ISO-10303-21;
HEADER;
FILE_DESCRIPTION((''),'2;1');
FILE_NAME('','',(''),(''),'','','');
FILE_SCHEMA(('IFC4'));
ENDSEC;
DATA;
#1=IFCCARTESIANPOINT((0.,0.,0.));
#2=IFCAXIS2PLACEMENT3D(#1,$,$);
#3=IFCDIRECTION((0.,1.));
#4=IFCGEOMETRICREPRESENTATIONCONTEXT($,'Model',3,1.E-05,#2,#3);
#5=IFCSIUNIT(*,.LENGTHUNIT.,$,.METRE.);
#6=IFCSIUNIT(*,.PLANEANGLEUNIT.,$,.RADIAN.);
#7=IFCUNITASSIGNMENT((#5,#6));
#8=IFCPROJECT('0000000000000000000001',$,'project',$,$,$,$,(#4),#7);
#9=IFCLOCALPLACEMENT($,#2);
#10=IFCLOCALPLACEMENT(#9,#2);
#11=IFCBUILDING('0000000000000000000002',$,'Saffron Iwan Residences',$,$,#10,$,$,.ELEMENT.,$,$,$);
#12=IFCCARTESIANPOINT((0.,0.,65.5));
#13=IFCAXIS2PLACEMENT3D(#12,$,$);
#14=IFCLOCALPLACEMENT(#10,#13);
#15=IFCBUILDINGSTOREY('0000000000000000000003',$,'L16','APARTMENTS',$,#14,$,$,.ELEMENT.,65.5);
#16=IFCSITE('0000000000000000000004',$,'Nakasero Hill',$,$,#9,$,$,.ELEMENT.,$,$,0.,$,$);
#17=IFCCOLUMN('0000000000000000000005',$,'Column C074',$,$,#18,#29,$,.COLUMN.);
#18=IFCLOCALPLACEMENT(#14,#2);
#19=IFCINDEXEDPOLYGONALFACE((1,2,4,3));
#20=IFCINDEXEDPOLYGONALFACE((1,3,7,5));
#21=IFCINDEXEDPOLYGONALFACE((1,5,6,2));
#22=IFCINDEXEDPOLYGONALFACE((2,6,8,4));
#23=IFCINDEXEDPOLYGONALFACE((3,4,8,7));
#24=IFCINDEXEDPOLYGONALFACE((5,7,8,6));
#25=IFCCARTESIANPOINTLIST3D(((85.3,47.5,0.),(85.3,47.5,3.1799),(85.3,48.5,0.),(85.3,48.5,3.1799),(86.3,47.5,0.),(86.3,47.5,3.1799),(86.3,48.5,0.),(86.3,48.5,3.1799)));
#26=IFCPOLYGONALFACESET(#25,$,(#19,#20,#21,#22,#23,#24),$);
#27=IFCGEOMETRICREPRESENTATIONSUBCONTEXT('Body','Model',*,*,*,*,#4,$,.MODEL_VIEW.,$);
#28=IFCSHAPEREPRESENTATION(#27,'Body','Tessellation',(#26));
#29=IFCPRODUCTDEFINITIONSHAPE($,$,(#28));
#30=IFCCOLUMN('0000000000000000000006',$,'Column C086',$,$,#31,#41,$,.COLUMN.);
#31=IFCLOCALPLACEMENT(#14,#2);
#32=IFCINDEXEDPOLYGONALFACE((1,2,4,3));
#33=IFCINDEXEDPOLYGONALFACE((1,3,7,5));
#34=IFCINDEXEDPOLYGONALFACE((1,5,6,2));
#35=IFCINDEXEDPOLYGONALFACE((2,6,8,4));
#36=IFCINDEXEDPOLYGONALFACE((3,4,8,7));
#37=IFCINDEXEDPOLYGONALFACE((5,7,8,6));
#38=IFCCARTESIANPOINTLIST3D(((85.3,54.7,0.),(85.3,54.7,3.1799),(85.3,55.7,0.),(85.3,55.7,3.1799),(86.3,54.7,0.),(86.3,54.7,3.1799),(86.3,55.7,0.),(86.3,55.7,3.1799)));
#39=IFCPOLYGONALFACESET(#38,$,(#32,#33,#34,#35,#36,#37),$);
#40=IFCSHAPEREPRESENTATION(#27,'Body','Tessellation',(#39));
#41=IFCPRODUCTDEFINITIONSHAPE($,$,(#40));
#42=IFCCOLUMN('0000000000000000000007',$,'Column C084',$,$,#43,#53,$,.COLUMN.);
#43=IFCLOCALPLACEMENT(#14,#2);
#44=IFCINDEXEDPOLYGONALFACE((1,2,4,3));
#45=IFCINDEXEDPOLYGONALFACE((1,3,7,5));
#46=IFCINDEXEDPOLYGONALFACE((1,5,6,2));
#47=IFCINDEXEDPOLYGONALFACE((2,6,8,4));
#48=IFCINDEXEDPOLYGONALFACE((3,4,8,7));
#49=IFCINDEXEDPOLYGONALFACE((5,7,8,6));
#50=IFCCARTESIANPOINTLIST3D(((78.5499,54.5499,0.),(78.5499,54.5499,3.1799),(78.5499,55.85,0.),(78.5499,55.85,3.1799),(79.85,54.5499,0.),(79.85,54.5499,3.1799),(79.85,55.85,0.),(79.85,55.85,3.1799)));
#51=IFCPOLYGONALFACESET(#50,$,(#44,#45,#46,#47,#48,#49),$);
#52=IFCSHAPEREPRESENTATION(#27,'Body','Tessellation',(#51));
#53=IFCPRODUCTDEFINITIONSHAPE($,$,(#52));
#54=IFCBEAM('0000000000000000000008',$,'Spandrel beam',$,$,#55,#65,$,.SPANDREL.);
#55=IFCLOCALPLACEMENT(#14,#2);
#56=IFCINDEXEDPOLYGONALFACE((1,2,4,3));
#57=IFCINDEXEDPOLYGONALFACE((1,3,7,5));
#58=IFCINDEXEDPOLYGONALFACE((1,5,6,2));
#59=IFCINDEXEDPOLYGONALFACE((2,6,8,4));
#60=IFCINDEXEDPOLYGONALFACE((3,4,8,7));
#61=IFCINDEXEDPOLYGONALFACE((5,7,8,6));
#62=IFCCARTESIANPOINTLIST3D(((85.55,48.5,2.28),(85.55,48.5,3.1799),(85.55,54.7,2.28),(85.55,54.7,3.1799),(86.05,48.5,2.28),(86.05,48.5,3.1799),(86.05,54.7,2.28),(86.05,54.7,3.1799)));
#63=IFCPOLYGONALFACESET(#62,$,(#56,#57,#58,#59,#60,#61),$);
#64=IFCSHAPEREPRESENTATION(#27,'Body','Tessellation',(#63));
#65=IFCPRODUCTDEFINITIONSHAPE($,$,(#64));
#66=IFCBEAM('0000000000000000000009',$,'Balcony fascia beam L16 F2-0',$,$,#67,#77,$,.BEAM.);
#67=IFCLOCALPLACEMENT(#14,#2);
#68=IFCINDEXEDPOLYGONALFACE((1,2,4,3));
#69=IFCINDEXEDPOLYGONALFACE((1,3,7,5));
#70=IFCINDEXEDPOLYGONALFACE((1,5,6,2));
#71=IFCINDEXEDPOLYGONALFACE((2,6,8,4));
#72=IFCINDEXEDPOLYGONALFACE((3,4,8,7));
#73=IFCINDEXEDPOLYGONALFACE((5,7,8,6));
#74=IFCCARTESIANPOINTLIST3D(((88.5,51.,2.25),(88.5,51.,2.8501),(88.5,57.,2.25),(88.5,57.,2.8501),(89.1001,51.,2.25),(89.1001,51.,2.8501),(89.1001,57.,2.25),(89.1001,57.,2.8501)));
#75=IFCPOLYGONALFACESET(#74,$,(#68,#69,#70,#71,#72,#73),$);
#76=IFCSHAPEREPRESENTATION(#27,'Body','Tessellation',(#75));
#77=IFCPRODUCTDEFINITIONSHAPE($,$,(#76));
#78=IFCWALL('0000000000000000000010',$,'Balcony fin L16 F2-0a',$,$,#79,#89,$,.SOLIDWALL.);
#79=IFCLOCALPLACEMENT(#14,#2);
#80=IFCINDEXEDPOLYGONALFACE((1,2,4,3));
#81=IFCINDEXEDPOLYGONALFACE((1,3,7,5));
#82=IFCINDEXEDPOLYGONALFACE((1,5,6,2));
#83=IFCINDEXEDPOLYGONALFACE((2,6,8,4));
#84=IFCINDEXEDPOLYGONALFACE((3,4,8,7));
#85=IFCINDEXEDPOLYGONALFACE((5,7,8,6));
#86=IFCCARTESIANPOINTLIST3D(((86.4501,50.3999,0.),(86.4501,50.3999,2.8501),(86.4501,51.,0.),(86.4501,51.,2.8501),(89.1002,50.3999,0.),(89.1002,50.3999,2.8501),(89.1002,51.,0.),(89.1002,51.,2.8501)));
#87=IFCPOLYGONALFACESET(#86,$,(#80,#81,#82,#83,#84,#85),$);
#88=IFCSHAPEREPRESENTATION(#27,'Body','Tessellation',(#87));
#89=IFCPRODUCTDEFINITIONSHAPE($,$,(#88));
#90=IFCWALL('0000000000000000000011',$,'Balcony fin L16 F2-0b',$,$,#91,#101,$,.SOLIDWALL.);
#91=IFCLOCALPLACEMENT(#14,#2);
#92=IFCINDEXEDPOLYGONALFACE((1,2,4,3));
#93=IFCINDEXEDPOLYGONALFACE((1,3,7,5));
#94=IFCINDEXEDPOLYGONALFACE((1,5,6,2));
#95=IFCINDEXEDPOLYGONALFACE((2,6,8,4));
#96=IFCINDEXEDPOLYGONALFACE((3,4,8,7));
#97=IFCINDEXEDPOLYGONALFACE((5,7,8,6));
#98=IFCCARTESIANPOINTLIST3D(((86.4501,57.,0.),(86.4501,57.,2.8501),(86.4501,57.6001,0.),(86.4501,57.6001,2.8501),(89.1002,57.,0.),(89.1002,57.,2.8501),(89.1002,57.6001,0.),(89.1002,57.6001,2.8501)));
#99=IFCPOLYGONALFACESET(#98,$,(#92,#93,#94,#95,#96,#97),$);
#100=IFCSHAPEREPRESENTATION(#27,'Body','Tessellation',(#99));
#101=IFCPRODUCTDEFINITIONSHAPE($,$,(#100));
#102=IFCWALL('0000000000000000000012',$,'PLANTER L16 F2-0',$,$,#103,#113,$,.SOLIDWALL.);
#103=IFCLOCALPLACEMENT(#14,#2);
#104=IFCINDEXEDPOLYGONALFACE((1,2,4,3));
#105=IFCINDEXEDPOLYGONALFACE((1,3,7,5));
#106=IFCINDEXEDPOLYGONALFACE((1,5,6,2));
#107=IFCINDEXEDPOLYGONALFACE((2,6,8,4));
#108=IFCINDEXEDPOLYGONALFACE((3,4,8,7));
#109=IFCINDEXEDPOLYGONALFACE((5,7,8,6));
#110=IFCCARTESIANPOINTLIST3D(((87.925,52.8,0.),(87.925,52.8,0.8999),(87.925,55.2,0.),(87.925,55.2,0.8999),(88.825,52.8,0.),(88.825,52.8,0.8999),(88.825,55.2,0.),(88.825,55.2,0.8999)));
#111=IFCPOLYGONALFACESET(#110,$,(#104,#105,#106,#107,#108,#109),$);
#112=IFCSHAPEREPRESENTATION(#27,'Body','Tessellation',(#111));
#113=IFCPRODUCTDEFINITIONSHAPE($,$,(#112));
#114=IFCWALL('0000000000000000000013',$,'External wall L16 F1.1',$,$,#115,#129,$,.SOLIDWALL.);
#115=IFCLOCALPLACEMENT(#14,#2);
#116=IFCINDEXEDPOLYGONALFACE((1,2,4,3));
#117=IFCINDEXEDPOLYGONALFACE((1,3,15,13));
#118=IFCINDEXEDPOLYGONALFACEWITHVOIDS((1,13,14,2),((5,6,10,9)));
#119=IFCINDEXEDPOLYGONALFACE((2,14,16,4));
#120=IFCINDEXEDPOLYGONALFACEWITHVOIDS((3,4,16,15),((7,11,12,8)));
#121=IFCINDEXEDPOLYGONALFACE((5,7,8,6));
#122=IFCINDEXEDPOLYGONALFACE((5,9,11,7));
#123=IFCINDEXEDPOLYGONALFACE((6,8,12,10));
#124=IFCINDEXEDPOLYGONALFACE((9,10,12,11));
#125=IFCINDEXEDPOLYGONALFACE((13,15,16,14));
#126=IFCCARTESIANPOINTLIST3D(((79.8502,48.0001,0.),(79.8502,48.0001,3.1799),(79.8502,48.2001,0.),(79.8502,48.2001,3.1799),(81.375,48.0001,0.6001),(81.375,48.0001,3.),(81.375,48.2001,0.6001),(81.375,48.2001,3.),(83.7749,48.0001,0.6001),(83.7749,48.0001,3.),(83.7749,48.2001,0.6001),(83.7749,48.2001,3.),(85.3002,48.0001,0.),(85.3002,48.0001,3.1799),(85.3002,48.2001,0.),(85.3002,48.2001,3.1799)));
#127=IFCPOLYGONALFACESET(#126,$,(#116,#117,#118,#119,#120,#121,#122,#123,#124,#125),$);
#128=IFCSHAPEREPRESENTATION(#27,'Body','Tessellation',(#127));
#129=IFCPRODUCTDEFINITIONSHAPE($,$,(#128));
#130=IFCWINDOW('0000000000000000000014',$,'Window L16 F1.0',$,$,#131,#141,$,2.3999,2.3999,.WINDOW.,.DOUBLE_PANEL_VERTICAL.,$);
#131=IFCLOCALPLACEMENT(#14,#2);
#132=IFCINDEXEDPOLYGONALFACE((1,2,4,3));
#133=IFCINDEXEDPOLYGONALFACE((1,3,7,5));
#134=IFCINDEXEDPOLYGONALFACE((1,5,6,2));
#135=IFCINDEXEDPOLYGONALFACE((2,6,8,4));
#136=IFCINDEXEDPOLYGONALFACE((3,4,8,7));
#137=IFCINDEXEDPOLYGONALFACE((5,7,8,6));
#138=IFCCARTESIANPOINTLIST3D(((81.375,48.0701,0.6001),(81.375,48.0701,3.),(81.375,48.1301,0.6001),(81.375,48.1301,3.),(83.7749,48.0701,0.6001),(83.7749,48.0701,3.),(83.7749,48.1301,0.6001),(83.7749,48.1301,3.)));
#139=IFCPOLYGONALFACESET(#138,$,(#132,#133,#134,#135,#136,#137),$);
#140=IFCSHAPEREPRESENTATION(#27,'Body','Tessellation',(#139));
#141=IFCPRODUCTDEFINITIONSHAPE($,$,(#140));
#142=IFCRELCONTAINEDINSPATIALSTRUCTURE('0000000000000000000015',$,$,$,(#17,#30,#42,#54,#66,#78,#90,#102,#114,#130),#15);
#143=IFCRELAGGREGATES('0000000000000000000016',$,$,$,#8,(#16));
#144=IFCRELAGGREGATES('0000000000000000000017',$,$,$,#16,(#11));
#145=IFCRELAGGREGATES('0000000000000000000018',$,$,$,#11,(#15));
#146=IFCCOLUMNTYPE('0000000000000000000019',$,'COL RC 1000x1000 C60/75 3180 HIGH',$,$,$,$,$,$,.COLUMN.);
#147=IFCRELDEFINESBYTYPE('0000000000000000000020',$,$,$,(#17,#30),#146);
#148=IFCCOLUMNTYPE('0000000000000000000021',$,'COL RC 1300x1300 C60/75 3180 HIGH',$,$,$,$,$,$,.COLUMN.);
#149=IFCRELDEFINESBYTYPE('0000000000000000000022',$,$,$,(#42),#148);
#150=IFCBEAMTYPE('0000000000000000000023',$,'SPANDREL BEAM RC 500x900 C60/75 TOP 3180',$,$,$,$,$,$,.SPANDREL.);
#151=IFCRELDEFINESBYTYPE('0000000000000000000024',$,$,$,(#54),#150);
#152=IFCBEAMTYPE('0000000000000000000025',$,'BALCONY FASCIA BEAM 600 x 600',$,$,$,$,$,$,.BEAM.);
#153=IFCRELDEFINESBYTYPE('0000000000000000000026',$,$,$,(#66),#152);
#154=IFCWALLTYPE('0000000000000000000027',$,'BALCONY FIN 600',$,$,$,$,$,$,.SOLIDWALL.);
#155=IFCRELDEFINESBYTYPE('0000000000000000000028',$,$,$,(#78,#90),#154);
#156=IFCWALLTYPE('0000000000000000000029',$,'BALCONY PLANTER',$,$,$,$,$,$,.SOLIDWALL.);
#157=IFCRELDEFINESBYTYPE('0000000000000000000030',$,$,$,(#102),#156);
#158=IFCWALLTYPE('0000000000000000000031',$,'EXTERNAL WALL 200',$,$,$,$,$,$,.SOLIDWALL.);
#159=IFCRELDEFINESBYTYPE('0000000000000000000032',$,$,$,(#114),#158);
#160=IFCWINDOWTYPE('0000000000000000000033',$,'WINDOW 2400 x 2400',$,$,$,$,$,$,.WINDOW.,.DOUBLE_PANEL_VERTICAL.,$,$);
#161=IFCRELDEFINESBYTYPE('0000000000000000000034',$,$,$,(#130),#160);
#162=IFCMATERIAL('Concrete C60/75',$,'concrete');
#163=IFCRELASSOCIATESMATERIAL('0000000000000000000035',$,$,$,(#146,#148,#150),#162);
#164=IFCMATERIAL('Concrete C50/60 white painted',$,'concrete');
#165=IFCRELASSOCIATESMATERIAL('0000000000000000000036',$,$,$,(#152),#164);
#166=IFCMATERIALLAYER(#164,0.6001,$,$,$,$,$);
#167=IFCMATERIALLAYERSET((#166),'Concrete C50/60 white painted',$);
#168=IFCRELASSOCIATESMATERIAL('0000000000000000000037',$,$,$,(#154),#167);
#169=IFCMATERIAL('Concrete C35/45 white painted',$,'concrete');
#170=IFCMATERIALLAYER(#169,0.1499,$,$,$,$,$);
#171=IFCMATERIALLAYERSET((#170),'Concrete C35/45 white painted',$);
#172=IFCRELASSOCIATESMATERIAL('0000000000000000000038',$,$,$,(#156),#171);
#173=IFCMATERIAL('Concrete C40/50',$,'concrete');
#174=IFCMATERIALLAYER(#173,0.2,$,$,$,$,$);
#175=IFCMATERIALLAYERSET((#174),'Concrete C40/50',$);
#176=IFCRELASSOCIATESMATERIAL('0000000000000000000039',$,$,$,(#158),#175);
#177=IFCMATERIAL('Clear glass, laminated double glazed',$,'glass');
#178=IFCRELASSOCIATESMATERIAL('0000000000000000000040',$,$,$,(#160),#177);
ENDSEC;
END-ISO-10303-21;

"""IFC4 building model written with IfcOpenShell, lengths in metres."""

from ifc_helpers import new_model, si_unit, direction, frame, frame_2d, origin, origin_2d, place, context, subcontext, project, spatial, rectangle, extrude, source, transform, mapped, material, layer, layer_set, material_profile, profile_set, type_object, element, fill, save


model = new_model("IFC4")

# Units and contexts
model_context = context("Model", 3, precision=1e-05, world=origin(), true_north=direction((0.0, 1.0)))
body_context = subcontext(model_context, "Body", "Model", "MODEL_VIEW")
ifc_project = project(units=[si_unit("LENGTHUNIT", "METRE"), si_unit("PLANEANGLEUNIT", "RADIAN")], contexts=[model_context])

# Site, building, storey
site_placement = place(None, origin())
site = spatial("IfcSite", under=ifc_project, at=site_placement, Name="Nakasero Hill", CompositionType="ELEMENT", RefElevation=0.0)
building_placement = place(site_placement, origin())
building = spatial("IfcBuilding", under=site, at=building_placement, Name="Saffron Iwan Residences", CompositionType="ELEMENT")
storey_placement = place(building_placement, frame((0.0, 0.0, 65.5)))
storey = spatial("IfcBuildingStorey", under=building, at=storey_placement, Name="L16", Description="APARTMENTS", CompositionType="ELEMENT", Elevation=65.5)

# Columns
ifc_material_1 = material(Name="Concrete C60/75", Category="concrete")
ifc_material_profile_1 = material_profile(ifc_material_1, rectangle(XDim=1.0, YDim=1.0, at=origin_2d()), Name="RC 1000x1000")
ifc_profile_set_1 = profile_set([ifc_material_profile_1], Name="Concrete C60/75")
column_type_1 = type_object("IfcColumnType", Name="COL RC 1000x1000 C60/75 3180 HIGH", PredefinedType="COLUMN", material=ifc_profile_set_1)
shared_shape_1 = source(origin(), body_context, "Body", "SweptSolid", [
    extrude(rectangle(XDim=1.0, YDim=1.0, at=origin_2d()), origin(), (0.0, 0.0, 1.0), 3.1799),
])
for number, where, z_axis, x_axis, name in (
    (1, (85.8, 48.0, 0.0), (0.0, 0.0, 1.0), (1.0, 0.0, 0.0), "Column C074"),
    (2, (85.8, 55.2, 0.0), (0.0, 0.0, 1.0), (1.0, 0.0, 0.0), "Column C086"),
):
    element("IfcColumn", number, at=place(storey_placement, frame(where, z_axis=z_axis, x_axis=x_axis)), inside=storey, type_object=column_type_1, Name=name, PredefinedType="COLUMN", context=body_context, shape_type="MappedRepresentation", body=[
        mapped(shared_shape_1, transform((0.0, 0.0, 0.0))),
    ])
ifc_material_profile_2 = material_profile(ifc_material_1, rectangle(XDim=1.3, YDim=1.3, at=origin_2d()), Name="RC 1300x1300")
ifc_profile_set_2 = profile_set([ifc_material_profile_2], Name="Concrete C60/75")
column_type_2 = type_object("IfcColumnType", Name="COL RC 1300x1300 C60/75 3180 HIGH", PredefinedType="COLUMN", material=ifc_profile_set_2)
shared_shape_2 = source(origin(), body_context, "Body", "SweptSolid", [
    extrude(rectangle(XDim=1.3, YDim=1.3, at=origin_2d()), origin(), (0.0, 0.0, 1.0), 3.1799),
])
column_placement = place(storey_placement, frame((79.2, 55.2, 0.0), z_axis=(0.0, 0.0, 1.0), x_axis=(1.0, 0.0, 0.0)))
element("IfcColumn", 3, at=column_placement, inside=storey, type_object=column_type_2, Name="Column C084", PredefinedType="COLUMN", context=body_context, shape_type="MappedRepresentation", body=[
    mapped(shared_shape_2, transform((0.0, 0.0, 0.0))),
])

# Beams
ifc_material_profile_3 = material_profile(ifc_material_1, rectangle(XDim=0.5, YDim=0.8999, at=origin_2d()), Name="RC 500x900")
ifc_profile_set_3 = profile_set([ifc_material_profile_3], Name="Concrete C60/75")
beam_type_1 = type_object("IfcBeamType", Name="SPANDREL BEAM RC 500x900 C60/75 TOP 3180", PredefinedType="SPANDREL", material=ifc_profile_set_3)
shared_shape_3 = source(origin(), body_context, "Body", "SweptSolid", [
    extrude(rectangle(XDim=0.5, YDim=0.8999, at=origin_2d()), origin(), (0.0, 0.0, 1.0), 6.2),
])
beam_1_placement = place(storey_placement, frame((85.8, 54.7, 2.73), z_axis=(0.0, -1.0, 0.0), x_axis=(1.0, 0.0, 0.0)))
element("IfcBeam", 4, at=beam_1_placement, inside=storey, type_object=beam_type_1, Name="Spandrel beam", PredefinedType="SPANDREL", context=body_context, shape_type="MappedRepresentation", body=[
    mapped(shared_shape_3, transform((0.0, 0.0, 0.0))),
])
ifc_material_2 = material(Name="Concrete C50/60 white painted", Category="concrete")
ifc_material_profile_4 = material_profile(ifc_material_2, rectangle(XDim=0.6001, YDim=0.6001, at=origin_2d()), Name="BALCONY FASCIA BEAM 600 x 600")
ifc_profile_set_4 = profile_set([ifc_material_profile_4], Name="Concrete C50/60 white painted")
beam_type_2 = type_object("IfcBeamType", Name="BALCONY FASCIA BEAM 600 x 600", PredefinedType="BEAM", material=ifc_profile_set_4)
shared_shape_4 = source(origin(), body_context, "Body", "SweptSolid", [
    extrude(rectangle(XDim=0.6001, YDim=0.6001, at=origin_2d()), origin(), (0.0, 0.0, 1.0), 6.0),
])
beam_2_placement = place(storey_placement, frame((88.8, 51.0, 2.55), z_axis=(0.0, 1.0, 0.0), x_axis=(-1.0, 0.0, 0.0)))
element("IfcBeam", 5, at=beam_2_placement, inside=storey, type_object=beam_type_2, Name="Balcony fascia beam L16 F2-0", PredefinedType="BEAM", context=body_context, shape_type="MappedRepresentation", body=[
    mapped(shared_shape_4, transform((0.0, 0.0, 0.0))),
])

# Walls
ifc_layer_1 = layer(ifc_material_2, 0.6001)
ifc_layer_set_1 = layer_set([ifc_layer_1], Name="Concrete C50/60 white painted")
wall_type_1 = type_object("IfcWallType", Name="BALCONY FIN 600", PredefinedType="SOLIDWALL", material=ifc_layer_set_1)
for number, where, z_axis, x_axis, name in (
    (6, (86.45, 50.7, 0.0), (0.0, 0.0, 1.0), (1.0, 0.0, 0.0), "Balcony fin L16 F2-0a"),
    (7, (86.45, 57.3, 0.0), (0.0, 0.0, 1.0), (1.0, 0.0, 0.0), "Balcony fin L16 F2-0b"),
):
    element("IfcWall", number, at=place(storey_placement, frame(where, z_axis=z_axis, x_axis=x_axis)), inside=storey, type_object=wall_type_1, Name=name, PredefinedType="SOLIDWALL", context=body_context, shape_type="SweptSolid", body=[
        extrude(rectangle(XDim=2.6501, YDim=0.6001, at=frame_2d((1.3252, 0.0))), origin(), (0.0, 0.0, 1.0), 2.8501),
    ])
ifc_material_3 = material(Name="Concrete C35/45 white painted", Category="concrete")
ifc_layer_2 = layer(ifc_material_3, 0.1499)
ifc_layer_set_2 = layer_set([ifc_layer_2], Name="Concrete C35/45 white painted")
wall_type_2 = type_object("IfcWallType", Name="BALCONY PLANTER", PredefinedType="SOLIDWALL", material=ifc_layer_set_2)
wall_1_placement = place(storey_placement, frame((88.375, 52.8, 0.0), z_axis=(0.0, 0.0, 1.0), x_axis=(0.0, 1.0, 0.0)))
element("IfcWall", 8, at=wall_1_placement, inside=storey, type_object=wall_type_2, Name="PLANTER L16 F2-0", PredefinedType="SOLIDWALL", context=body_context, shape_type="SweptSolid", body=[
    extrude(rectangle(XDim=2.3999, YDim=0.8999, at=frame_2d((1.2, 0.0))), origin(), (0.0, 0.0, 1.0), 0.8999),
])

# Wall, opening, window
ifc_material_4 = material(Name="Concrete C40/50", Category="concrete")
ifc_layer_3 = layer(ifc_material_4, 0.2)
ifc_layer_set_3 = layer_set([ifc_layer_3], Name="Concrete C40/50")
wall_type_3 = type_object("IfcWallType", Name="EXTERNAL WALL 200", PredefinedType="SOLIDWALL", material=ifc_layer_set_3)
wall_2_placement = place(storey_placement, frame((79.8501, 48.1001, 0.0), z_axis=(0.0, 0.0, 1.0), x_axis=(1.0, 0.0, 0.0)))
wall_2 = element("IfcWall", 9, at=wall_2_placement, inside=storey, type_object=wall_type_3, Name="External wall L16 F1.1", PredefinedType="SOLIDWALL", context=body_context, shape_type="SweptSolid", body=[
    extrude(rectangle(XDim=5.45, YDim=0.2, at=frame_2d((2.7251, 0.0))), origin(), (0.0, 0.0, 1.0), 3.1799),
])
opening_1_placement = place(wall_2_placement, frame((1.5249, 0.0, 0.6001)))
opening_1 = element("IfcOpeningElement", 10, at=opening_1_placement, cuts=wall_2, PredefinedType="OPENING", context=body_context, shape_type="SweptSolid", body=[
    extrude(rectangle(XDim=2.3999, YDim=2.3999, at=frame_2d((1.2, 1.2))), frame((0.0, 0.1099, 0.0), z_axis=(0.0, -1.0, 0.0), x_axis=(1.0, 0.0, 0.0)), (0.0, 0.0, 1.0), 0.22),
])
ifc_material_5 = material(Name="Clear glass, laminated double glazed", Category="glass")
window_type_1 = type_object("IfcWindowType", Name="WINDOW 2400 x 2400", PartitioningType="DOUBLE_PANEL_VERTICAL", PredefinedType="WINDOW", material=ifc_material_5)
window_1_placement = place(opening_1_placement, origin())
window_1 = element("IfcWindow", 11, at=window_1_placement, inside=storey, type_object=window_type_1, Name="Window L16 F1.0", OverallHeight=2.3999, OverallWidth=2.3999, PartitioningType="DOUBLE_PANEL_VERTICAL", PredefinedType="WINDOW", context=body_context, shape_type="SweptSolid", body=[
    extrude(rectangle(XDim=2.3999, YDim=2.3999, at=frame_2d((1.2, 1.2))), frame((0.0, 0.03, 0.0), z_axis=(0.0, -1.0, 0.0), x_axis=(1.0, 0.0, 0.0)), (0.0, 0.0, 1.0), 0.0601),
])
fill(opening_1, window_1)

save(model, "model.ifc")
